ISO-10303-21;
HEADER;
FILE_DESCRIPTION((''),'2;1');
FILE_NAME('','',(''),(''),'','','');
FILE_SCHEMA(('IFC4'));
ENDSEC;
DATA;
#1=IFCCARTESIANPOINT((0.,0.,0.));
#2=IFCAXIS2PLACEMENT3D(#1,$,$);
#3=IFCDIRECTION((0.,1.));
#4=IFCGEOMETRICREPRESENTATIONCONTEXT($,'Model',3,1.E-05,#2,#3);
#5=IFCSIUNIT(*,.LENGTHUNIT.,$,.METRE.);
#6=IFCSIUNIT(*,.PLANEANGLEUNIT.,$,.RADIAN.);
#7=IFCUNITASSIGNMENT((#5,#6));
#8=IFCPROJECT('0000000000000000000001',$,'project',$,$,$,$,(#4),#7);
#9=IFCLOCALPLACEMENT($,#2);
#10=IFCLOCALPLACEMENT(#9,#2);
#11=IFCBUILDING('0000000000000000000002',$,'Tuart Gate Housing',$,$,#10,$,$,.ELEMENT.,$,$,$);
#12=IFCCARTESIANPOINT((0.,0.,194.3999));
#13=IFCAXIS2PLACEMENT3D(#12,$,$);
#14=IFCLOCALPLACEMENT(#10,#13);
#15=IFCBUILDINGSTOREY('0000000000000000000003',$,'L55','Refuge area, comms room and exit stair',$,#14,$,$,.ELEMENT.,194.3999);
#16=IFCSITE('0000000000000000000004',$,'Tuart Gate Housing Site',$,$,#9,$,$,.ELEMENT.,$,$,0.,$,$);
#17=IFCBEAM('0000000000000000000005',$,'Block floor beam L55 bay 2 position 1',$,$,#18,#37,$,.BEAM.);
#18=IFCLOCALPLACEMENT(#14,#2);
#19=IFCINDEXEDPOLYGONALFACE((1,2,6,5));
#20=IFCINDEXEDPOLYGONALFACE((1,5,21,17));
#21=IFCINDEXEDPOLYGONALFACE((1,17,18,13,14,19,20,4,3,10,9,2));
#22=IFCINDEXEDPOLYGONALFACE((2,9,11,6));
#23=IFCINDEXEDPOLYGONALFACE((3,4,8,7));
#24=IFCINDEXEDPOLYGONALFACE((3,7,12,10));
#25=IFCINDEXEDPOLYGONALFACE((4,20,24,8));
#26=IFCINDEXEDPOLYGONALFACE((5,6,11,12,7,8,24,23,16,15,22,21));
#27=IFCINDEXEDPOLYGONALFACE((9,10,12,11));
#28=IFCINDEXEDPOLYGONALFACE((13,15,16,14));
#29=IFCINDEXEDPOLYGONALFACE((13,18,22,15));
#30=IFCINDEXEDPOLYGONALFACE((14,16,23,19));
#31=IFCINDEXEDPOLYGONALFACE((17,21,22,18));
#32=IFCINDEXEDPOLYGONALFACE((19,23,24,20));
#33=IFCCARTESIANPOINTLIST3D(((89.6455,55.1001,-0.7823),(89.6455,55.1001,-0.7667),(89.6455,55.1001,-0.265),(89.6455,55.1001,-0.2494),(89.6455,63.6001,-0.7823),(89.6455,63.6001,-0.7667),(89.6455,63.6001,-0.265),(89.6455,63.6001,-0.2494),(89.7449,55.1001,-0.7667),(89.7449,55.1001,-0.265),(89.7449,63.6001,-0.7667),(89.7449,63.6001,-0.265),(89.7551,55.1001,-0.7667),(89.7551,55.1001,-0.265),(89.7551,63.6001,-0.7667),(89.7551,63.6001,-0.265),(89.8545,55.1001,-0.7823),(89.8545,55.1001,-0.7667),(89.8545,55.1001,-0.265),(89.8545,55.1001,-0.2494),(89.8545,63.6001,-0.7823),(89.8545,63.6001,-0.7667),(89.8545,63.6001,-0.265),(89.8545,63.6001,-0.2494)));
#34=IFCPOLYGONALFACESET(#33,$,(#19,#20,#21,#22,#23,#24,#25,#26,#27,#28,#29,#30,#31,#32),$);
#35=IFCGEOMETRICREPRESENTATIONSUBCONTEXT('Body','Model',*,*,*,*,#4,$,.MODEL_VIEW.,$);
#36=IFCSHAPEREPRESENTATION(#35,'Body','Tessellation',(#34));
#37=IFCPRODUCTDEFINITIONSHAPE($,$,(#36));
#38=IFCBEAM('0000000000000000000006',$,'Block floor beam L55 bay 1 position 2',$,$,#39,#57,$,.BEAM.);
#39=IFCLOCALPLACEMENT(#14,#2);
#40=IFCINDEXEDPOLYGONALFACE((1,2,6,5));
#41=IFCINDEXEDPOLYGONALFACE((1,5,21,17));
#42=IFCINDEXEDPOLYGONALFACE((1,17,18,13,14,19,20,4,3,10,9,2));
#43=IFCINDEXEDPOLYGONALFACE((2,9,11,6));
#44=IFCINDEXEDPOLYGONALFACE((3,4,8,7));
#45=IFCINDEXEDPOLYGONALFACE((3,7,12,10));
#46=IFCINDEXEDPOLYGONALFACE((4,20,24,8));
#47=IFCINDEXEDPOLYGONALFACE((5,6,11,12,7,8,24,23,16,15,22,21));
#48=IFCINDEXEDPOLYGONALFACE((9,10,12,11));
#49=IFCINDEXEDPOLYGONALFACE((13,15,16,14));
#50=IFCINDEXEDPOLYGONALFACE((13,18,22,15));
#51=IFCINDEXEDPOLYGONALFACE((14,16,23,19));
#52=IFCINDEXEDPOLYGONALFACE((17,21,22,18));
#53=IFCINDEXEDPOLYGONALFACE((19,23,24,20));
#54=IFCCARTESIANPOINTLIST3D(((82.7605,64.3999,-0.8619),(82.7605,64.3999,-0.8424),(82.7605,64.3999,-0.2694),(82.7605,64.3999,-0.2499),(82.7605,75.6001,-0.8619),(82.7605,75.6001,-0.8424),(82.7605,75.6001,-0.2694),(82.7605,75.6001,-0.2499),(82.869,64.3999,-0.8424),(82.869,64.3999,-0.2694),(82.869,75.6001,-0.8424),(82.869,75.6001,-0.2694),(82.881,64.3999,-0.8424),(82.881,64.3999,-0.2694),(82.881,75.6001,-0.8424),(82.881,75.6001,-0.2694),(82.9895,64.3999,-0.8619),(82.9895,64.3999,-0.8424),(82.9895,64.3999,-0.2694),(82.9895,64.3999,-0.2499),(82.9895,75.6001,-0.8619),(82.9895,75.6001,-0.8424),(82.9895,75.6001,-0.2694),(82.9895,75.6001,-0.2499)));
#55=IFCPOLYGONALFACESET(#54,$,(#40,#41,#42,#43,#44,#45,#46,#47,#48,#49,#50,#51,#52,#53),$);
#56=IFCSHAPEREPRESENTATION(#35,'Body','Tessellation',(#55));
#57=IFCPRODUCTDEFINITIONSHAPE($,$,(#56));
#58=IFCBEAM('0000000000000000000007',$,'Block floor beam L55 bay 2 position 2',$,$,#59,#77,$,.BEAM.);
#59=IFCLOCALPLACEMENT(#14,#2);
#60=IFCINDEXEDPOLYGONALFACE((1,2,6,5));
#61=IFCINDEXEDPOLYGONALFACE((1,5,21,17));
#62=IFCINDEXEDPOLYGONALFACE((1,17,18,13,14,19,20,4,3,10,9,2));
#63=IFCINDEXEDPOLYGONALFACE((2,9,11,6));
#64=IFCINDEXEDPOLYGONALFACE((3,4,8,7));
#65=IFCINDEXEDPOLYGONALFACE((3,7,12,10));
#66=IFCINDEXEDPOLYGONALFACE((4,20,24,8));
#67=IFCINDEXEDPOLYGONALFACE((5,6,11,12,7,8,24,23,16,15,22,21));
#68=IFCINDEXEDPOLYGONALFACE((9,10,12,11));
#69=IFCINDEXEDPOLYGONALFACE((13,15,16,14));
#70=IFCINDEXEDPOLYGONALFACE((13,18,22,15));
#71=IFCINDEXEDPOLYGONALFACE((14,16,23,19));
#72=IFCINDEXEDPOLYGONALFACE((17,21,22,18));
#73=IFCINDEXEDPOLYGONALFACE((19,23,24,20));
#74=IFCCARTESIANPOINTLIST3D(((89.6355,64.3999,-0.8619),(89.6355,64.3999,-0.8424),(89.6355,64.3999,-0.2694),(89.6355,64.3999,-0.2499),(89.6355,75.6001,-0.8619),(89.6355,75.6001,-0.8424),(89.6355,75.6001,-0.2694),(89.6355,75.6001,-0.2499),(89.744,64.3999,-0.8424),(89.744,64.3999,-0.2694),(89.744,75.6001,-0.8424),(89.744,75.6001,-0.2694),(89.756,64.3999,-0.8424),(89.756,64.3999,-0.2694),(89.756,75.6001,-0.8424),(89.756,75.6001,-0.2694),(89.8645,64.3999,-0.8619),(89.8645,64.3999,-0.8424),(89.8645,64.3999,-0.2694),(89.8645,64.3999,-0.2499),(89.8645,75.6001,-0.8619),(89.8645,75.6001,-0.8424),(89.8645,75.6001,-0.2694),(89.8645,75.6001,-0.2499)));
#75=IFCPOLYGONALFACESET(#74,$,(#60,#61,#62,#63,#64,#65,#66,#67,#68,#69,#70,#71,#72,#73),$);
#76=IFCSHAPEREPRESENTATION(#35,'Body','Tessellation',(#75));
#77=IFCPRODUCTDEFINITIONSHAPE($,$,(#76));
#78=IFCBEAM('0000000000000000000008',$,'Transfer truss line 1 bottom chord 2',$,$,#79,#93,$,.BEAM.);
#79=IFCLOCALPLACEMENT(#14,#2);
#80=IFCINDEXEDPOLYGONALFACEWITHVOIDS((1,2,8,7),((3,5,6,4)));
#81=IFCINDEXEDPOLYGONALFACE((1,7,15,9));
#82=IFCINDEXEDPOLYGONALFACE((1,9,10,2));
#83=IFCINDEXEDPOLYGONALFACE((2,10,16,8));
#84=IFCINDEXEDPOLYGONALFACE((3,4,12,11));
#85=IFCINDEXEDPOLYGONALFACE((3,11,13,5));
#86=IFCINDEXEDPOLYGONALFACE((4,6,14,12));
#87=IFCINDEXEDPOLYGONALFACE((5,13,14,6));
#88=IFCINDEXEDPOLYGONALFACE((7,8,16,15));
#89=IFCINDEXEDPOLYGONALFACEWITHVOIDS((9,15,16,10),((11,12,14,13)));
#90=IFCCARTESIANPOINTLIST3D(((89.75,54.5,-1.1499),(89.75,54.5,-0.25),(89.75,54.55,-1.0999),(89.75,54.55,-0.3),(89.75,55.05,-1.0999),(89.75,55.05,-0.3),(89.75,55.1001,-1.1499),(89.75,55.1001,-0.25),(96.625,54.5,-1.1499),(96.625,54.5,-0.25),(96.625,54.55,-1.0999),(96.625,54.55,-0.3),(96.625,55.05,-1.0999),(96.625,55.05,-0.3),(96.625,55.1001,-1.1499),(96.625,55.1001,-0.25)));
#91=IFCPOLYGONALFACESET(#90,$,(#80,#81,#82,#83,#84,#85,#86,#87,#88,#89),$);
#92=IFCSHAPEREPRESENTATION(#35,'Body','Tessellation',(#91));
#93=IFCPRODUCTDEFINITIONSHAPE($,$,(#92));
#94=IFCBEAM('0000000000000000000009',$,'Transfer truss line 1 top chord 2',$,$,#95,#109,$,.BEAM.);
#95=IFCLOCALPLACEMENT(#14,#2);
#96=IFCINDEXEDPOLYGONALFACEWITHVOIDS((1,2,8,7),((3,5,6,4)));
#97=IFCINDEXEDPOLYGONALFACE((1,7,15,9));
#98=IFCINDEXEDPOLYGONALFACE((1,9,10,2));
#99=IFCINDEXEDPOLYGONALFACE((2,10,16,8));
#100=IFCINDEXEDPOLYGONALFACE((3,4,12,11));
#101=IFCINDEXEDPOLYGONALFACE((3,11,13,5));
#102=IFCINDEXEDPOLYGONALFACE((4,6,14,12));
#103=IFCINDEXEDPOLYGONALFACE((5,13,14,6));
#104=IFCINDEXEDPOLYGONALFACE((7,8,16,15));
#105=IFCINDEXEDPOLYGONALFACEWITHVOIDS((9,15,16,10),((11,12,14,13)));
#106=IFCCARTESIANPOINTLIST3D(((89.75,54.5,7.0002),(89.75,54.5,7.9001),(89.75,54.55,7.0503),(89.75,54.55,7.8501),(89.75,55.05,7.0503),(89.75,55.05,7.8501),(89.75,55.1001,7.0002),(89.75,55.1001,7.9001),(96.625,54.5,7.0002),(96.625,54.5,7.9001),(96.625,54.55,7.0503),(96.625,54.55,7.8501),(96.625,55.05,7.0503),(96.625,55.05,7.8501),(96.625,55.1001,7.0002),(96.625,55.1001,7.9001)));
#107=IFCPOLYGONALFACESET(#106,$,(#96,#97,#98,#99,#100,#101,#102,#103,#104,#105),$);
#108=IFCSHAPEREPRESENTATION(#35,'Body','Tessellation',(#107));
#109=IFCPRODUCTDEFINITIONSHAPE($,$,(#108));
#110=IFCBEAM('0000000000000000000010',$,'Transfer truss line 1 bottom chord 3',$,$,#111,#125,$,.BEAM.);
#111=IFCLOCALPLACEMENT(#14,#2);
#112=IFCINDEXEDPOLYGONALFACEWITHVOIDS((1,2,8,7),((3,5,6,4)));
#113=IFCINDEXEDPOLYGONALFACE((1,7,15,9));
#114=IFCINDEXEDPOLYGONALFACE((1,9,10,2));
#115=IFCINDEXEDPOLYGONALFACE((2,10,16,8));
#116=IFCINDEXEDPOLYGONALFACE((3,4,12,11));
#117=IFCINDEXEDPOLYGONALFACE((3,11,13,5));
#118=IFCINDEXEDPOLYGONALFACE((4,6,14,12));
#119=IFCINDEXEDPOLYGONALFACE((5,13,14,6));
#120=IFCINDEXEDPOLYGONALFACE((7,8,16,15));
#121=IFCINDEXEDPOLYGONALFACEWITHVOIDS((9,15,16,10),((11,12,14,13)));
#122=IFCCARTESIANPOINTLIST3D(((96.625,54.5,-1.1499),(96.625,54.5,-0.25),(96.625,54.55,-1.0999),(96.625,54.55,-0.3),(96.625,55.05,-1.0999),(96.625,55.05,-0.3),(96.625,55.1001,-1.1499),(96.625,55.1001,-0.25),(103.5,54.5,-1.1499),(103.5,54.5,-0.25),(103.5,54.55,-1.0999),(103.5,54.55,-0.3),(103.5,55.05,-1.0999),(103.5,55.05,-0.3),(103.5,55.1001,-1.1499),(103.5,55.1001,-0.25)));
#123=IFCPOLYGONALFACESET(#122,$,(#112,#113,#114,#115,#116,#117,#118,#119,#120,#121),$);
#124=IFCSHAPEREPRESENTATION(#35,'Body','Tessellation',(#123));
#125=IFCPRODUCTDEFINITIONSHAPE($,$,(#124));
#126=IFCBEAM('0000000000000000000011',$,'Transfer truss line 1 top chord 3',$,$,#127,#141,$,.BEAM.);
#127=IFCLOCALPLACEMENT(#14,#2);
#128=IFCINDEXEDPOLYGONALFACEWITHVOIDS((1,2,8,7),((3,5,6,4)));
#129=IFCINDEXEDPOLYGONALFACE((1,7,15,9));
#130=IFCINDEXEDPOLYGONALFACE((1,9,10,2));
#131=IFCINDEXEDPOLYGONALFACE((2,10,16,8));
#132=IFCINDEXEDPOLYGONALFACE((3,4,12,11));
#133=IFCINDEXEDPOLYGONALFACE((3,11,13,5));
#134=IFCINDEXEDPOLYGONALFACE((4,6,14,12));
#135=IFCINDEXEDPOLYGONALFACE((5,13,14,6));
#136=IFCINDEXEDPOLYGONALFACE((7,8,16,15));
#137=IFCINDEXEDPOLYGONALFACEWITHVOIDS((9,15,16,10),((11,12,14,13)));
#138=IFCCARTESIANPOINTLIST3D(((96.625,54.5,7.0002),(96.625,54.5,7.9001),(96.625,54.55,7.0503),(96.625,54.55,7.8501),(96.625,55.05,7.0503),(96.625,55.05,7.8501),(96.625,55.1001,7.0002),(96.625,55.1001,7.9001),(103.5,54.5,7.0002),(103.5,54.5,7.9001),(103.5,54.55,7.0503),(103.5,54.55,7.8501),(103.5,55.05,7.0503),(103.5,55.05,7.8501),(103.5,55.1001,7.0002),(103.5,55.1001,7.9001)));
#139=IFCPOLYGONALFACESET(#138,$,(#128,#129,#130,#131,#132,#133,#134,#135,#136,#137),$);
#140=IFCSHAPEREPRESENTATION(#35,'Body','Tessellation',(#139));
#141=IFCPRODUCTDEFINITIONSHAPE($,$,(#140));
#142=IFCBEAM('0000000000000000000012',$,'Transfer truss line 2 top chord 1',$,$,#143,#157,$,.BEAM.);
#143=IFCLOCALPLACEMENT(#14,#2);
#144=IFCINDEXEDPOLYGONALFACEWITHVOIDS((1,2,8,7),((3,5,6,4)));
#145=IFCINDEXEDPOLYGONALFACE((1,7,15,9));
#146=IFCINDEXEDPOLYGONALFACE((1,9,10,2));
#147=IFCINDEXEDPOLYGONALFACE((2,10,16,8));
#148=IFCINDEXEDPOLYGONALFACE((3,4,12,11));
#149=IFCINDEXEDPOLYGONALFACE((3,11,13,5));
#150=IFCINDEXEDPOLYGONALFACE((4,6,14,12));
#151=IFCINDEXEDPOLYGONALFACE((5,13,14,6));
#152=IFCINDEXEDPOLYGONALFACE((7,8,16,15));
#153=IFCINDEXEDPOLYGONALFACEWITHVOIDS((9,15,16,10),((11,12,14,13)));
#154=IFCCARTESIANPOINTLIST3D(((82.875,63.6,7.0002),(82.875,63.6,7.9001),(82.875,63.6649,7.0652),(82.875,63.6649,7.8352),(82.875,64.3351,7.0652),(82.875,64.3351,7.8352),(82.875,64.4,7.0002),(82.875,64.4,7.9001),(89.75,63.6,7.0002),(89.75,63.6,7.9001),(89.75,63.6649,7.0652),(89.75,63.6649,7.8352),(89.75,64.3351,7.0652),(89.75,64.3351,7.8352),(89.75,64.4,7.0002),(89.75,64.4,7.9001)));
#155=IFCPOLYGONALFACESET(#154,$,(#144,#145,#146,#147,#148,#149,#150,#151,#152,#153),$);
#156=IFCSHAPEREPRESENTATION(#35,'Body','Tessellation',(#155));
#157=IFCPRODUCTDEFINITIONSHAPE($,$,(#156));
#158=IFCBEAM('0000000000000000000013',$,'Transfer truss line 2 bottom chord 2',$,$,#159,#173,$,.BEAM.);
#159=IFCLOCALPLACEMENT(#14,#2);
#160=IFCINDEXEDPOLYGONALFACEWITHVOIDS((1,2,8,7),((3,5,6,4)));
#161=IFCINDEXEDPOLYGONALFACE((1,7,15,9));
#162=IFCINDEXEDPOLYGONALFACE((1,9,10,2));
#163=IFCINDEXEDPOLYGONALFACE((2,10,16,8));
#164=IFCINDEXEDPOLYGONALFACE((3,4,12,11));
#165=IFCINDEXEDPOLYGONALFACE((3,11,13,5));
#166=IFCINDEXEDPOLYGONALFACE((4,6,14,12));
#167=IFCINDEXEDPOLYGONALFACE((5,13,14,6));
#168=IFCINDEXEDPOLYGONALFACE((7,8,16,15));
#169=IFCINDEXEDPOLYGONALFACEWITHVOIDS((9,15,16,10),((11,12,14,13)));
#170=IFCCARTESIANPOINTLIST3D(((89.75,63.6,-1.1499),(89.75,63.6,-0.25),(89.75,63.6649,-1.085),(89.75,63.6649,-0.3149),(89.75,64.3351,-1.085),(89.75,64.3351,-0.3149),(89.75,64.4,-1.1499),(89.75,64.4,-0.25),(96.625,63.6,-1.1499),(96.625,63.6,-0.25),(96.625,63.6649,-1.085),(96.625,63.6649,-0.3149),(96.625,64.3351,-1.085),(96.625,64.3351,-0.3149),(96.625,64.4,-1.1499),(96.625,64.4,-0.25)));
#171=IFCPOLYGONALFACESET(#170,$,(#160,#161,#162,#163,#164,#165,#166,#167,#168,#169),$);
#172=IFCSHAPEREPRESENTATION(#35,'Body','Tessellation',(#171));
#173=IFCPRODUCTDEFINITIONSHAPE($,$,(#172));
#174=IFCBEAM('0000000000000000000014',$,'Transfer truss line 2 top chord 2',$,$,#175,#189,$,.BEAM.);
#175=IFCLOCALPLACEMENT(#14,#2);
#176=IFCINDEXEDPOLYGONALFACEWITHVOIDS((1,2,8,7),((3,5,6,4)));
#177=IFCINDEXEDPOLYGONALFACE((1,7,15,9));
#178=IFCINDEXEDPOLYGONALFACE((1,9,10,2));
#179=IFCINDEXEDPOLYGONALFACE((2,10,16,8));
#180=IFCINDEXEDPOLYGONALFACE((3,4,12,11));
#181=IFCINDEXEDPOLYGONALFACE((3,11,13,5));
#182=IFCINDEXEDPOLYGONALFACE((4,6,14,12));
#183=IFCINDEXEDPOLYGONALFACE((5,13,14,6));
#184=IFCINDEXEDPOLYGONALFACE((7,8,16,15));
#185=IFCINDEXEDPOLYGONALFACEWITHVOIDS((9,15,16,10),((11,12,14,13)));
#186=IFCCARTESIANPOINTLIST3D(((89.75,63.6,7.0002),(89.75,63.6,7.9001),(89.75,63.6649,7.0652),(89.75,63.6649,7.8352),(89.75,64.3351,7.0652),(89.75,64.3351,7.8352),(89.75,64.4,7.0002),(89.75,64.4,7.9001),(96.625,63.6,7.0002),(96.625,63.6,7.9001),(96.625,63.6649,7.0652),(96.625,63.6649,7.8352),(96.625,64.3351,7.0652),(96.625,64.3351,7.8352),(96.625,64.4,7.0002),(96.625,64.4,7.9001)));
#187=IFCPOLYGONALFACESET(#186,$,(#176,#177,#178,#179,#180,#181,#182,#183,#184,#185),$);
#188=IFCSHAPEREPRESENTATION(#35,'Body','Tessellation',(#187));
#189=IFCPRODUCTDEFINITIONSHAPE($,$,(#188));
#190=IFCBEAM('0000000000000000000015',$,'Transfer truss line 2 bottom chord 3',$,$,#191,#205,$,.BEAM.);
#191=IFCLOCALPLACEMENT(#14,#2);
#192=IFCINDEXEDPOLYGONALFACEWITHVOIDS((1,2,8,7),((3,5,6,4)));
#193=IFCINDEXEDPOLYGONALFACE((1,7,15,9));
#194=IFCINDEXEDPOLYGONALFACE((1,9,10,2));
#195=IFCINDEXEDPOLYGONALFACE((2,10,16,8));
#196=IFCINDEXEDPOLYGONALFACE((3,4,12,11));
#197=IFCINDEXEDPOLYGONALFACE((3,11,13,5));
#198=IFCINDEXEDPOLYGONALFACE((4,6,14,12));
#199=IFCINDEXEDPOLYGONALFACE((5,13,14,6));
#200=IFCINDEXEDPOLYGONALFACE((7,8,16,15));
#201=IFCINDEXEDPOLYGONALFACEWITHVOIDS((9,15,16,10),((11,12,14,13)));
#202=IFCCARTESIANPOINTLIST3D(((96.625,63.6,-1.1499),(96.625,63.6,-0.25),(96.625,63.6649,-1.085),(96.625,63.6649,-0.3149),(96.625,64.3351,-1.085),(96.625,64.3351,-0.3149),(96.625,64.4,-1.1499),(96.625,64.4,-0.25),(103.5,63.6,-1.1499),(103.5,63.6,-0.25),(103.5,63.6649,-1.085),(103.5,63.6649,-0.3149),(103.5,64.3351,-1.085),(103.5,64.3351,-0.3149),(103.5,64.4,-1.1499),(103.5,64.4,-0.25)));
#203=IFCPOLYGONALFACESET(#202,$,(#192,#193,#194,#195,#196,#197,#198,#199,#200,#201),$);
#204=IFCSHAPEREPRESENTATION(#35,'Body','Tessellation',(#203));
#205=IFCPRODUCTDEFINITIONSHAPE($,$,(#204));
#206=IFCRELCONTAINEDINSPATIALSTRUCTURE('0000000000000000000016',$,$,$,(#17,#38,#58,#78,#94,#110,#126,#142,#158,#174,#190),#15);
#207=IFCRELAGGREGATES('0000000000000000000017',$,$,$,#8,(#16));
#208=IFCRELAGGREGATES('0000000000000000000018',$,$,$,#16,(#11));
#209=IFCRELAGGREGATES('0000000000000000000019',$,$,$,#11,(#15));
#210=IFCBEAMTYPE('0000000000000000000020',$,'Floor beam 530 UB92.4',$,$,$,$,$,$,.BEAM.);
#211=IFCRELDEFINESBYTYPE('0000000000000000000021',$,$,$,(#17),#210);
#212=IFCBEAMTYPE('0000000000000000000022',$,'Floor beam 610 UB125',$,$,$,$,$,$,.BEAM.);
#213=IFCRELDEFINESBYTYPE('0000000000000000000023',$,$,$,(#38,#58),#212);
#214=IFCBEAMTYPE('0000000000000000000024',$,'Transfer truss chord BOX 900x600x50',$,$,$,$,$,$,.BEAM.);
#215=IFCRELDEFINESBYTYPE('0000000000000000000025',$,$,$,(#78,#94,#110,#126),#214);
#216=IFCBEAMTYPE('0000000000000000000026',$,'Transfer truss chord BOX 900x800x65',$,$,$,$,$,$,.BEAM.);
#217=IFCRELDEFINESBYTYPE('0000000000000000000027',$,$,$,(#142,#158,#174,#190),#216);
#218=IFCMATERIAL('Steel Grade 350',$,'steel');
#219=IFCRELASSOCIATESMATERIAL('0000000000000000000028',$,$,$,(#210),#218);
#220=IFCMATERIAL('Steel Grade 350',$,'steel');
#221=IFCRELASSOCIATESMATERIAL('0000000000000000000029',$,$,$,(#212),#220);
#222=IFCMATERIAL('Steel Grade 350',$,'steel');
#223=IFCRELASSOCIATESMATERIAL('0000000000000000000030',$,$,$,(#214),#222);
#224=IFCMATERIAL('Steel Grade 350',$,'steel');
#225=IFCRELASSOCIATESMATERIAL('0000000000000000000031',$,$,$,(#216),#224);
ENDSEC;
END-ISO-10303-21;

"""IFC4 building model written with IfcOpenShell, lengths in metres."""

from ifc_helpers import new_model, si_unit, direction, frame, origin, origin_2d, place, context, subcontext, project, spatial, hollow_rectangle, i_section, extrude, material, material_profile, profile_set, type_object, element, save


model = new_model("IFC4")

# Units and contexts
model_context = context("Model", 3, precision=1e-05, world=origin(), true_north=direction((0.0, 1.0)))
body_context = subcontext(model_context, "Body", "Model", "MODEL_VIEW")
ifc_project = project(units=[si_unit("LENGTHUNIT", "METRE"), si_unit("PLANEANGLEUNIT", "RADIAN")], contexts=[model_context])

# Site, building, storey
site_placement = place(None, origin())
site = spatial("IfcSite", under=ifc_project, at=site_placement, Name="Tuart Gate Housing Site", CompositionType="ELEMENT", RefElevation=0.0)
building_placement = place(site_placement, origin())
building = spatial("IfcBuilding", under=site, at=building_placement, Name="Tuart Gate Housing", CompositionType="ELEMENT")
storey_placement = place(building_placement, frame((0.0, 0.0, 194.3999)))
storey = spatial("IfcBuildingStorey", under=building, at=storey_placement, Name="L55", Description="Refuge area, comms room and exit stair", CompositionType="ELEMENT", Elevation=194.3999)

# Beams
ifc_material_1 = material(Name="Steel Grade 350", Category="steel")
ifc_material_profile_1 = material_profile(ifc_material_1, i_section(OverallWidth=0.209, OverallDepth=0.533, WebThickness=0.0103, FlangeThickness=0.0156, at=origin_2d()), Name="530UB92.4")
ifc_profile_set_1 = profile_set([ifc_material_profile_1], Name="Steel Grade 350")
beam_type_1 = type_object("IfcBeamType", Name="Floor beam 530 UB92.4", PredefinedType="BEAM", material=ifc_profile_set_1)
beam_placement = place(storey_placement, frame((89.75, 55.1001, -0.5159), z_axis=(0.0, 1.0, 0.0), x_axis=(-1.0, 0.0, 0.0)))
element("IfcBeam", 1, at=beam_placement, inside=storey, type_object=beam_type_1, Name="Block floor beam L55 bay 2 position 1", PredefinedType="BEAM", context=body_context, shape_type="SweptSolid", body=[
    extrude(i_section(OverallWidth=0.209, OverallDepth=0.533, WebThickness=0.0103, FlangeThickness=0.0156, at=origin_2d()), origin(), (0.0, 0.0, 1.0), 8.5),
])
ifc_material_2 = material(Name="Steel Grade 350", Category="steel")
ifc_material_profile_2 = material_profile(ifc_material_2, i_section(OverallWidth=0.229, OverallDepth=0.6121, WebThickness=0.012, FlangeThickness=0.0195, at=origin_2d()), Name="610UB125")
ifc_profile_set_2 = profile_set([ifc_material_profile_2], Name="Steel Grade 350")
beam_type_2 = type_object("IfcBeamType", Name="Floor beam 610 UB125", PredefinedType="BEAM", material=ifc_profile_set_2)
for number, where, z_axis, x_axis, name in (
    (2, (82.875, 64.3999, -0.5559), (0.0, 1.0, 0.0), (-1.0, 0.0, 0.0), "Block floor beam L55 bay 1 position 2"),
    (3, (89.75, 64.3999, -0.5559), (0.0, 1.0, 0.0), (-1.0, 0.0, 0.0), "Block floor beam L55 bay 2 position 2"),
):
    element("IfcBeam", number, at=place(storey_placement, frame(where, z_axis=z_axis, x_axis=x_axis)), inside=storey, type_object=beam_type_2, Name=name, PredefinedType="BEAM", context=body_context, shape_type="SweptSolid", body=[
        extrude(i_section(OverallWidth=0.229, OverallDepth=0.6121, WebThickness=0.012, FlangeThickness=0.0195, at=origin_2d()), origin(), (0.0, 0.0, 1.0), 11.2002),
    ])
ifc_material_3 = material(Name="Steel Grade 350", Category="steel")
ifc_material_profile_3 = material_profile(ifc_material_3, hollow_rectangle(XDim=0.6001, YDim=0.8999, WallThickness=0.05, at=origin_2d()), Name="BOX 900x600x50")
ifc_profile_set_3 = profile_set([ifc_material_profile_3], Name="Steel Grade 350")
beam_type_3 = type_object("IfcBeamType", Name="Transfer truss chord BOX 900x600x50", PredefinedType="BEAM", material=ifc_profile_set_3)
for number, where, z_axis, x_axis, name in (
    (4, (89.75, 54.8, -0.7), (1.0, 0.0, 0.0), (0.0, 1.0, 0.0), "Transfer truss line 1 bottom chord 2"),
    (5, (89.75, 54.8, 7.4502), (1.0, 0.0, 0.0), (0.0, 1.0, 0.0), "Transfer truss line 1 top chord 2"),
    (6, (96.625, 54.8, -0.7), (1.0, 0.0, 0.0), (0.0, 1.0, 0.0), "Transfer truss line 1 bottom chord 3"),
    (7, (96.625, 54.8, 7.4502), (1.0, 0.0, 0.0), (0.0, 1.0, 0.0), "Transfer truss line 1 top chord 3"),
):
    element("IfcBeam", number, at=place(storey_placement, frame(where, z_axis=z_axis, x_axis=x_axis)), inside=storey, type_object=beam_type_3, Name=name, PredefinedType="BEAM", context=body_context, shape_type="SweptSolid", body=[
        extrude(hollow_rectangle(XDim=0.6001, YDim=0.8999, WallThickness=0.05, at=origin_2d()), origin(), (0.0, 0.0, 1.0), 6.875),
    ])
ifc_material_4 = material(Name="Steel Grade 350", Category="steel")
ifc_material_profile_4 = material_profile(ifc_material_4, hollow_rectangle(XDim=0.8, YDim=0.8999, WallThickness=0.0649, at=origin_2d()), Name="BOX 900x800x65")
ifc_profile_set_4 = profile_set([ifc_material_profile_4], Name="Steel Grade 350")
beam_type_4 = type_object("IfcBeamType", Name="Transfer truss chord BOX 900x800x65", PredefinedType="BEAM", material=ifc_profile_set_4)
for number, where, z_axis, x_axis, name in (
    (8, (82.875, 64.0, 7.4502), (1.0, 0.0, 0.0), (0.0, 1.0, 0.0), "Transfer truss line 2 top chord 1"),
    (9, (89.75, 64.0, -0.7), (1.0, 0.0, 0.0), (0.0, 1.0, 0.0), "Transfer truss line 2 bottom chord 2"),
    (10, (89.75, 64.0, 7.4502), (1.0, 0.0, 0.0), (0.0, 1.0, 0.0), "Transfer truss line 2 top chord 2"),
    (11, (96.625, 64.0, -0.7), (1.0, 0.0, 0.0), (0.0, 1.0, 0.0), "Transfer truss line 2 bottom chord 3"),
):
    element("IfcBeam", number, at=place(storey_placement, frame(where, z_axis=z_axis, x_axis=x_axis)), inside=storey, type_object=beam_type_4, Name=name, PredefinedType="BEAM", context=body_context, shape_type="SweptSolid", body=[
        extrude(hollow_rectangle(XDim=0.8, YDim=0.8999, WallThickness=0.0649, at=origin_2d()), origin(), (0.0, 0.0, 1.0), 6.875),
    ])

save(model, "model.ifc")
